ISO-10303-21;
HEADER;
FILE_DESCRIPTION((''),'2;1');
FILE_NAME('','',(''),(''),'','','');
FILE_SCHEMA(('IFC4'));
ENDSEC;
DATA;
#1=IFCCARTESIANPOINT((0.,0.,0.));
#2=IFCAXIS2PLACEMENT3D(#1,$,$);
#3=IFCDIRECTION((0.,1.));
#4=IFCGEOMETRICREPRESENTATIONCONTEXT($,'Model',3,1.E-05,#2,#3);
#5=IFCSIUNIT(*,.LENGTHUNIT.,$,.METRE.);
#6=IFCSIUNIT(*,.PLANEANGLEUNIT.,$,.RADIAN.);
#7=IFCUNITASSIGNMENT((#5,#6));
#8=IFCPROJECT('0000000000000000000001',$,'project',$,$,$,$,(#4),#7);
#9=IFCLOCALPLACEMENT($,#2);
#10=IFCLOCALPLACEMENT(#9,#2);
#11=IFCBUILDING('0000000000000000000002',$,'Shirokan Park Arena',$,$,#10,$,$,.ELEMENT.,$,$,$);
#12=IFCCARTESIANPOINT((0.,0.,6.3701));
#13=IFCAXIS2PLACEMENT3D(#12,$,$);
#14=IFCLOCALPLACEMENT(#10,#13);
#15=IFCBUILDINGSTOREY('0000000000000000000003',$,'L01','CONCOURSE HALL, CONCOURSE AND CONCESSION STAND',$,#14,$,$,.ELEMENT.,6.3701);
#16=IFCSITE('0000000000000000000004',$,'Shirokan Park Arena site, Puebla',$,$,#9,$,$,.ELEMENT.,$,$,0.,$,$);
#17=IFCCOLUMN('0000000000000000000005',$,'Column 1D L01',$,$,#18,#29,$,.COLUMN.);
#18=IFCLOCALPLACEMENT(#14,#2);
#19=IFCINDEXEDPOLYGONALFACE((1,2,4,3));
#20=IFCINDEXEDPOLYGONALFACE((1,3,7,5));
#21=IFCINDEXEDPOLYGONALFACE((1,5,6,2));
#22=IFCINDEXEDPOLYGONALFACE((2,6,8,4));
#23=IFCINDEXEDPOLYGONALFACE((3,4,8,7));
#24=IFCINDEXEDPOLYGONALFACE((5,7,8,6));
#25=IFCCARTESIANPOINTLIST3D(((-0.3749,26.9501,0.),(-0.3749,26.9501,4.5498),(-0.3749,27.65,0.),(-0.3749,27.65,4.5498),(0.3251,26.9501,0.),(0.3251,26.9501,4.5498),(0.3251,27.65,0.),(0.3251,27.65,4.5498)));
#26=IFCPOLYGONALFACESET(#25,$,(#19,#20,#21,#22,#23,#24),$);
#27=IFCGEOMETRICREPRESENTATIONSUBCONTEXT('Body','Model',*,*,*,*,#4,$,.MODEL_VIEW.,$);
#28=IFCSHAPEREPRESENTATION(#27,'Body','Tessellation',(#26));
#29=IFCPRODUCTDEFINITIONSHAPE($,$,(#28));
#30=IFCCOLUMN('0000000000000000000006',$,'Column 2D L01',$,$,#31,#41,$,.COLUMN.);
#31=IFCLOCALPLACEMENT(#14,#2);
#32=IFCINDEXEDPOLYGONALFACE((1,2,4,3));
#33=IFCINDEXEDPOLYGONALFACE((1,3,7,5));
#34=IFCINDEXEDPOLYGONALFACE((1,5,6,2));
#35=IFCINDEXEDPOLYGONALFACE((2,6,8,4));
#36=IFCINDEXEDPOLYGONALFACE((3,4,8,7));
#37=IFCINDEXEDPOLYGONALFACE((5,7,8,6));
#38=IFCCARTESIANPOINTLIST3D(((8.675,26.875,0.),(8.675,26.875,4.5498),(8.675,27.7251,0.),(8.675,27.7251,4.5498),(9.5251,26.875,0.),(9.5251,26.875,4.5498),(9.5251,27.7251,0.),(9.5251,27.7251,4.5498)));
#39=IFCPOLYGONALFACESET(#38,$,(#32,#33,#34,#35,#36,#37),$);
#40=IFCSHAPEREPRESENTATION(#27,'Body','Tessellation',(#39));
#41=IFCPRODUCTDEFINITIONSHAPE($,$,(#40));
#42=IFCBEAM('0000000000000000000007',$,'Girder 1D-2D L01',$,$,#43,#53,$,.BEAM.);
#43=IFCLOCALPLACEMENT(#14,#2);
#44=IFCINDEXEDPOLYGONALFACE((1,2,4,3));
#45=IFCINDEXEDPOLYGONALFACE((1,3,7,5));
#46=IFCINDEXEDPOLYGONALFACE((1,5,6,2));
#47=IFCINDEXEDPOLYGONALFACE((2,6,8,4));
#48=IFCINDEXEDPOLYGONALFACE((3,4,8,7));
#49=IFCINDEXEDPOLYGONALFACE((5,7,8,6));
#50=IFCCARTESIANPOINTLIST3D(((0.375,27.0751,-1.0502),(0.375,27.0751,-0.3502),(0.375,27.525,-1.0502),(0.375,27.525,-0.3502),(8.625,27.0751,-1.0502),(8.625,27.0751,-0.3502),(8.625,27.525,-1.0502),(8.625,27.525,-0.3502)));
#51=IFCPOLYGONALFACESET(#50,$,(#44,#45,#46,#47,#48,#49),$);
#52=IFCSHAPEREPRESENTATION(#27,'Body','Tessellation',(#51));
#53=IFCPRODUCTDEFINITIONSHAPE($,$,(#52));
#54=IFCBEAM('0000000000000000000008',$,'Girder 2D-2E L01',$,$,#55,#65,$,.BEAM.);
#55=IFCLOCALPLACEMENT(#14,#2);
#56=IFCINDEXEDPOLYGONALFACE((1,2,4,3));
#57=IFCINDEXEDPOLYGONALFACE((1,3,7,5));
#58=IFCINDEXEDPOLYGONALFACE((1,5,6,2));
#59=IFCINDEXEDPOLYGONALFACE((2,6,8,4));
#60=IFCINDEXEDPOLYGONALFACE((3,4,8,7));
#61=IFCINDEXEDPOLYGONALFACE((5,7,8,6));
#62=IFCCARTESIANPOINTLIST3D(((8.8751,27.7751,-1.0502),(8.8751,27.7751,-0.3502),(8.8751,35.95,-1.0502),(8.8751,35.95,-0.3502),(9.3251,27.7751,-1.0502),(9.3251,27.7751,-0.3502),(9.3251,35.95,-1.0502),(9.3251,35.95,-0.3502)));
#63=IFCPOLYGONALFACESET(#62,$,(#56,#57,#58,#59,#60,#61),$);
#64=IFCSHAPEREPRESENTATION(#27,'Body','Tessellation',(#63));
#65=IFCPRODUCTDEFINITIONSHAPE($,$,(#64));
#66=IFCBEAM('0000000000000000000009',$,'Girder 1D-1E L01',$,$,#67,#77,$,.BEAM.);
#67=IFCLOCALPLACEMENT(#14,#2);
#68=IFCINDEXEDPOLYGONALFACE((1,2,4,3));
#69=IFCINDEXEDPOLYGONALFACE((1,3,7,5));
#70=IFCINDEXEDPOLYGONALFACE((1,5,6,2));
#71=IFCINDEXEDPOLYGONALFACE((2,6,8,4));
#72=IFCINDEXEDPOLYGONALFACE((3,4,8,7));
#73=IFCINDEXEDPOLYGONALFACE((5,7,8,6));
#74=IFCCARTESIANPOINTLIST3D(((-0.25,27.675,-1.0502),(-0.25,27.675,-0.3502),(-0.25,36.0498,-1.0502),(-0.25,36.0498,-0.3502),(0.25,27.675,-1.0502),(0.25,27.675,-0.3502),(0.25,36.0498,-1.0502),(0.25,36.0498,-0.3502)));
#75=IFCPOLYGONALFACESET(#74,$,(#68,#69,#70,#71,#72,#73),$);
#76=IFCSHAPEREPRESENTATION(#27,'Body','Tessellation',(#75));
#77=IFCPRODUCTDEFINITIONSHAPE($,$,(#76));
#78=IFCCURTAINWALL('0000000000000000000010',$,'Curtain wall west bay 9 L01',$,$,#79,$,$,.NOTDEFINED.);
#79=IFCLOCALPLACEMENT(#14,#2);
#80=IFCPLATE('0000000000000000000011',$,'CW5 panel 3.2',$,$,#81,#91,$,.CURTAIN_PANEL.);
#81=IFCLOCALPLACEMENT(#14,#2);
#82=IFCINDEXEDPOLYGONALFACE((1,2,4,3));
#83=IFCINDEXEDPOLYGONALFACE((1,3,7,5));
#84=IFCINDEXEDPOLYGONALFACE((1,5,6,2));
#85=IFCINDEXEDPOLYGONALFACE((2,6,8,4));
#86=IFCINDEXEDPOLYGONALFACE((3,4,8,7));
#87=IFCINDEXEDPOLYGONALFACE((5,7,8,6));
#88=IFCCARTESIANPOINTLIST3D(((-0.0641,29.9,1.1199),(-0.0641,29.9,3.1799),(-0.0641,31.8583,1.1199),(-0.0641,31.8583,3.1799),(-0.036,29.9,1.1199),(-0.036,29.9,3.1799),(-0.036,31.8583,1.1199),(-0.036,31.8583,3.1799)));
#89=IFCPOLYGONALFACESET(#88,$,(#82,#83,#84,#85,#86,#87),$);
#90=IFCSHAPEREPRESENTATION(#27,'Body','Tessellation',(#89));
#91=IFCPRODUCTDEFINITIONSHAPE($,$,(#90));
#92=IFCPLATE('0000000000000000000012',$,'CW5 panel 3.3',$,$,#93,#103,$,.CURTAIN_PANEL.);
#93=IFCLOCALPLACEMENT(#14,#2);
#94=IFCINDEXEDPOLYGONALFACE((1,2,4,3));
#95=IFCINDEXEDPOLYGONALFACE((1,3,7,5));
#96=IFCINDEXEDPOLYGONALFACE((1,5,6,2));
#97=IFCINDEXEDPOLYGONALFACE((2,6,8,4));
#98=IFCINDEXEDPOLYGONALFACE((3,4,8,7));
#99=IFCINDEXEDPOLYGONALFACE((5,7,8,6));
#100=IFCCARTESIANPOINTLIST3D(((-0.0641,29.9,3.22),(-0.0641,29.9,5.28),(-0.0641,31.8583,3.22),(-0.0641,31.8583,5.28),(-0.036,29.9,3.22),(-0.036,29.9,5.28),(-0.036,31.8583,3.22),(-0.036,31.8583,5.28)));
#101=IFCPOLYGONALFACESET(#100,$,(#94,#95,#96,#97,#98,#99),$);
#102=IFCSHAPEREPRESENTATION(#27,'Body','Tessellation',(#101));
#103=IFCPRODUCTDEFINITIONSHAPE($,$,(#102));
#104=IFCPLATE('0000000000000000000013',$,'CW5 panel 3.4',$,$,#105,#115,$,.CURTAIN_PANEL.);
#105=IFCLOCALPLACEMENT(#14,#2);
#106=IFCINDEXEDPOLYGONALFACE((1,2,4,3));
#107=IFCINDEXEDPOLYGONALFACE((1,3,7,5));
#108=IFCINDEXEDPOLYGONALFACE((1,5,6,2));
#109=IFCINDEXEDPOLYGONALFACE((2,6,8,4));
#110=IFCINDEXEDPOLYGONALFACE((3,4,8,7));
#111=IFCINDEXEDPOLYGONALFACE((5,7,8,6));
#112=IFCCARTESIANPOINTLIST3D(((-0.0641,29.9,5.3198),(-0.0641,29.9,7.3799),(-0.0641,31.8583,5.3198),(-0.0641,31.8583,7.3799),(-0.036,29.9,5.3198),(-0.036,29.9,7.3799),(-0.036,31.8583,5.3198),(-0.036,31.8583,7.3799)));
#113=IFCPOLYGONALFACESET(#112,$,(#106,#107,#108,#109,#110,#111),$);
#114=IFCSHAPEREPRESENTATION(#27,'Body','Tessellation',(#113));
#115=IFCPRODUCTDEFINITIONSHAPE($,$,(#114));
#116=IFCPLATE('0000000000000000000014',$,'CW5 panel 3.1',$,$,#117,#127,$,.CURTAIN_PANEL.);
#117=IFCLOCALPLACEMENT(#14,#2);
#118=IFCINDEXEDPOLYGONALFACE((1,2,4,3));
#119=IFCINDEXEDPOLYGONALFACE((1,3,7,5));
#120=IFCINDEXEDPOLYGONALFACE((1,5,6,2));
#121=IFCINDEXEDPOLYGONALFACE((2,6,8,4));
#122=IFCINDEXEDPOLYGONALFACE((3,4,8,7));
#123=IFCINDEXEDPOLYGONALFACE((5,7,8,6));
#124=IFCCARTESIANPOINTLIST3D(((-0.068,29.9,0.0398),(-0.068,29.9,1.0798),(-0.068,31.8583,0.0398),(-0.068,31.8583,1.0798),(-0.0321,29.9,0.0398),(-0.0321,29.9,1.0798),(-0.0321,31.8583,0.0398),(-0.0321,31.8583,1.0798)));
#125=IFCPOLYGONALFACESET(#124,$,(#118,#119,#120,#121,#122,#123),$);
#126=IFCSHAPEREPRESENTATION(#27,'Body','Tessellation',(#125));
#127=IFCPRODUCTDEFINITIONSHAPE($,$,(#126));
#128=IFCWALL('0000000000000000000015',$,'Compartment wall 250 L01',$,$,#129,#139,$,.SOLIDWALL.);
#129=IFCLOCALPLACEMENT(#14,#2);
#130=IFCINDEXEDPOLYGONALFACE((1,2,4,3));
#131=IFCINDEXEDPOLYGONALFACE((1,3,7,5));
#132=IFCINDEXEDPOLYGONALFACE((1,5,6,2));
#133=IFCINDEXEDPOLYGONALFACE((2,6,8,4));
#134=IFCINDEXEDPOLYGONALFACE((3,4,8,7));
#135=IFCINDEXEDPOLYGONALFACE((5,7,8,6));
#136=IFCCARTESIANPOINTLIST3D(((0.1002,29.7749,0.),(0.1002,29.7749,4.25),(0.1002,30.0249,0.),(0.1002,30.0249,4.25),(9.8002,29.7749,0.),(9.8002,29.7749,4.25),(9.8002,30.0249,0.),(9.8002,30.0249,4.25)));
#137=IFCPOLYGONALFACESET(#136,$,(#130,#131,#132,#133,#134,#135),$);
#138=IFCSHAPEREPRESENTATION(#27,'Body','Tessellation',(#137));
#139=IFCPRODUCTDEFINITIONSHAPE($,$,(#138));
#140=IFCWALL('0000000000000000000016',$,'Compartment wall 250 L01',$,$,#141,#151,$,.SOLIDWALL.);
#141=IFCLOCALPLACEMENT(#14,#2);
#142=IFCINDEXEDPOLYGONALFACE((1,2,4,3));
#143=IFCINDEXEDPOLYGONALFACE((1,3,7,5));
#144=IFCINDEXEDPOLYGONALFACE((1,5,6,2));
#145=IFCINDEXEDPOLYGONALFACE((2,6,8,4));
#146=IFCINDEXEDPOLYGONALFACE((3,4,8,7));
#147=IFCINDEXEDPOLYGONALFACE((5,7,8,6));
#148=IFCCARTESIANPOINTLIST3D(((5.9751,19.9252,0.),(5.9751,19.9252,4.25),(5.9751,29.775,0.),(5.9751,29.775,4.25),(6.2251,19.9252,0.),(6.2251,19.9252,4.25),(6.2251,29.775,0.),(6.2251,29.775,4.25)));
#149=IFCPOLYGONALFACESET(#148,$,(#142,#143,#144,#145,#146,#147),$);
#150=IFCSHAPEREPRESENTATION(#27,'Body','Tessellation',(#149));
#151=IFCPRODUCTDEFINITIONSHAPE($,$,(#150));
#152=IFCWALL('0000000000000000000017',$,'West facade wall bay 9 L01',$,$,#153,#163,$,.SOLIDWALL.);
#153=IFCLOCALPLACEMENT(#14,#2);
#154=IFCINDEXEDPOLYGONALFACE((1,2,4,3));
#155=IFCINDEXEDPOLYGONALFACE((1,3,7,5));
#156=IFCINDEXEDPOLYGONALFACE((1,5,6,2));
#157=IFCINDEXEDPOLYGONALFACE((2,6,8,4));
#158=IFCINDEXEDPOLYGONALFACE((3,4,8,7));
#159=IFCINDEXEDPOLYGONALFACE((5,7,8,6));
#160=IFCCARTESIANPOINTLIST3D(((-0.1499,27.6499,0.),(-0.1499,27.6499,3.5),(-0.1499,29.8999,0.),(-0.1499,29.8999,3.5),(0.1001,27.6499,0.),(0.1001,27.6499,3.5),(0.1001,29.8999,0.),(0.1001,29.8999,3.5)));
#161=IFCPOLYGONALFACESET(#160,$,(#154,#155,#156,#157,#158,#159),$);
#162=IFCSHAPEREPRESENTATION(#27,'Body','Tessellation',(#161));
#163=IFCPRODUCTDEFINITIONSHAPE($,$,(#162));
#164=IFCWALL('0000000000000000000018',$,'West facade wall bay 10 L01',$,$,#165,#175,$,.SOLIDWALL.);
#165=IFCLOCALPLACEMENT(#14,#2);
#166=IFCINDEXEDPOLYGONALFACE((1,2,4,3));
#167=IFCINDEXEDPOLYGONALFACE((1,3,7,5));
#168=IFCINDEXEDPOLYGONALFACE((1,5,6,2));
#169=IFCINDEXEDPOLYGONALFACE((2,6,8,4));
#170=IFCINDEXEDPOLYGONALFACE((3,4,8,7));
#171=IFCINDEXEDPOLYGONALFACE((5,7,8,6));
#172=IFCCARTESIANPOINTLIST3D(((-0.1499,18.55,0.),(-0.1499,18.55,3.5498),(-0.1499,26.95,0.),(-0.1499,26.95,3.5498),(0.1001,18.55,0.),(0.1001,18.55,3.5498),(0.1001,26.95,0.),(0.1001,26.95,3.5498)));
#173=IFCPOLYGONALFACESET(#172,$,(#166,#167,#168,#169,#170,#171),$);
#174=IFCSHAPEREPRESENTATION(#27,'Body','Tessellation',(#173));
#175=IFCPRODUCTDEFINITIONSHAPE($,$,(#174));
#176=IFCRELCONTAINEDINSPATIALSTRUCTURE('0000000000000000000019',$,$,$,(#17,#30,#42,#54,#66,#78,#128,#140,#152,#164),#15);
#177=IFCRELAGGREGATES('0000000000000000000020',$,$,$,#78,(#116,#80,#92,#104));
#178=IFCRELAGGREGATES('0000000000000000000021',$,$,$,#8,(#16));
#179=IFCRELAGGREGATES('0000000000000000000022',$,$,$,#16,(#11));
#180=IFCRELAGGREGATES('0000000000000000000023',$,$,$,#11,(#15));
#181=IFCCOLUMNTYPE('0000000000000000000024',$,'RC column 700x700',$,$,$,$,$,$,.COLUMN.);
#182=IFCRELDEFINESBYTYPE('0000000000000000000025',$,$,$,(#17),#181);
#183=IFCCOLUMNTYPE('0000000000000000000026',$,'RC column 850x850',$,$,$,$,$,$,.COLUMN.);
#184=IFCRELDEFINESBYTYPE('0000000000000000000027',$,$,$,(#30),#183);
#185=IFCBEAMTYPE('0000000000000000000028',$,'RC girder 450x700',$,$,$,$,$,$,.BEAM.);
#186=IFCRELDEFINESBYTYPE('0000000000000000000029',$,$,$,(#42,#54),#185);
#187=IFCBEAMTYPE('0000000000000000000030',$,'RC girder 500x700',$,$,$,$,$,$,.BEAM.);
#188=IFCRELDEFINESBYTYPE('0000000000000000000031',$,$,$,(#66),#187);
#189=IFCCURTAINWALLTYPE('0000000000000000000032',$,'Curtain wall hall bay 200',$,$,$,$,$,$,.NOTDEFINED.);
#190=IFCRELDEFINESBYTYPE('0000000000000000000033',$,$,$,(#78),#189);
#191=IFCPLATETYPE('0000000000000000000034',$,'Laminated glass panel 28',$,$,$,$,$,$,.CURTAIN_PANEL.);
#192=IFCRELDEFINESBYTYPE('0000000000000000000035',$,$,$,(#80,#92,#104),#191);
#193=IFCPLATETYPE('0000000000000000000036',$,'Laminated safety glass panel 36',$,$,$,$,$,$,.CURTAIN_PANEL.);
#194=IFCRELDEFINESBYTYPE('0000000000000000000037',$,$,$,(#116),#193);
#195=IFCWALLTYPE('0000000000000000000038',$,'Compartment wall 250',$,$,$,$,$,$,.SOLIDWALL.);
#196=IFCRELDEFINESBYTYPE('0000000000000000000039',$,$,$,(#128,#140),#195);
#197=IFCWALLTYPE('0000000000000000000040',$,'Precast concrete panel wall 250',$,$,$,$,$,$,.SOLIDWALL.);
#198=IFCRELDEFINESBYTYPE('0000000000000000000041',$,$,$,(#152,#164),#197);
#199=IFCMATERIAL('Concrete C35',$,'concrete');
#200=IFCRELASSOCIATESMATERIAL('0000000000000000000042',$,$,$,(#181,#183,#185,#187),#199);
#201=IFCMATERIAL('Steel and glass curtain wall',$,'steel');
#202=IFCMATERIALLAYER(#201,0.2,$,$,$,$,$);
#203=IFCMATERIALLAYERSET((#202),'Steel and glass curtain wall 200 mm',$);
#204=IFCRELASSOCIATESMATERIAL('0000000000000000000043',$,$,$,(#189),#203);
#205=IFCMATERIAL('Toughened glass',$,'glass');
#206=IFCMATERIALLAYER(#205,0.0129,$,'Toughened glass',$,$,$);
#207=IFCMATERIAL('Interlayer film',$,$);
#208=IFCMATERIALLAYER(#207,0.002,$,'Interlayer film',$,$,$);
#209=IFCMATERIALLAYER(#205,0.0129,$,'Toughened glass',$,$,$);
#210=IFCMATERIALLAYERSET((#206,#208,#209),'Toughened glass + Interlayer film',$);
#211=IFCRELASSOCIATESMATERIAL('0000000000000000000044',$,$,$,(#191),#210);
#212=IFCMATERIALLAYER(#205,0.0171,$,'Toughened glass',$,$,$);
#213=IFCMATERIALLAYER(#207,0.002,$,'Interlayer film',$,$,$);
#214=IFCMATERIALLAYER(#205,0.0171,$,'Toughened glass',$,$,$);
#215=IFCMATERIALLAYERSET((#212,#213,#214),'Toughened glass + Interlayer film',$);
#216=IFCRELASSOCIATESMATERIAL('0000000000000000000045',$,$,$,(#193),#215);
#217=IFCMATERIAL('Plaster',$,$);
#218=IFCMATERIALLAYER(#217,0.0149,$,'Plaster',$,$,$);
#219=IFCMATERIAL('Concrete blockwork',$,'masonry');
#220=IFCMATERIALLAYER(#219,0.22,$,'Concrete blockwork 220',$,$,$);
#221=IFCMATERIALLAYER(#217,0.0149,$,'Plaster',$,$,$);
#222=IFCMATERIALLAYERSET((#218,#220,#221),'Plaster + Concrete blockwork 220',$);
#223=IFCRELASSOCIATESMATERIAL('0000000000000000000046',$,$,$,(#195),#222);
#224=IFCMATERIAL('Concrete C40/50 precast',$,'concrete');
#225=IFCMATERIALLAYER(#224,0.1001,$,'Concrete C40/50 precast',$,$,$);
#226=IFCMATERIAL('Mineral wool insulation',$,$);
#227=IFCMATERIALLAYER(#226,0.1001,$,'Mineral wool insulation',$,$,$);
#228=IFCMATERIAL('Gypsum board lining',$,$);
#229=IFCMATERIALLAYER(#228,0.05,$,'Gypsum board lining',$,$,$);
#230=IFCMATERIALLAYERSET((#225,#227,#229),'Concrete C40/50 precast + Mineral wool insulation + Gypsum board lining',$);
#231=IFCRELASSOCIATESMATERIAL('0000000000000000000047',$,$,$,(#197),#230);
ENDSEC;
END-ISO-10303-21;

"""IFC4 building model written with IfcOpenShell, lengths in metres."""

from ifc_helpers import new_model, si_unit, direction, frame, frame_2d, origin, origin_2d, place, context, subcontext, project, spatial, rectangle, extrude, material, layer, layer_set, material_profile, profile_set, type_object, element, aggregate, save


model = new_model("IFC4")

# Units and contexts
model_context = context("Model", 3, precision=1e-05, world=origin(), true_north=direction((0.0, 1.0)))
body_context = subcontext(model_context, "Body", "Model", "MODEL_VIEW")
ifc_project = project(units=[si_unit("LENGTHUNIT", "METRE"), si_unit("PLANEANGLEUNIT", "RADIAN")], contexts=[model_context])

# Site, building, storey
site_placement = place(None, origin())
site = spatial("IfcSite", under=ifc_project, at=site_placement, Name="Shirokan Park Arena site, Puebla", CompositionType="ELEMENT", RefElevation=0.0)
building_placement = place(site_placement, origin())
building = spatial("IfcBuilding", under=site, at=building_placement, Name="Shirokan Park Arena", CompositionType="ELEMENT")
storey_placement = place(building_placement, frame((0.0, 0.0, 6.3701)))
storey = spatial("IfcBuildingStorey", under=building, at=storey_placement, Name="L01", Description="CONCOURSE HALL, CONCOURSE AND CONCESSION STAND", CompositionType="ELEMENT", Elevation=6.3701)

# Columns
ifc_material_1 = material(Name="Concrete C35", Category="concrete")
ifc_material_profile_1 = material_profile(ifc_material_1, rectangle(XDim=0.7, YDim=0.7, at=origin_2d()), Name="700x700")
ifc_profile_set_1 = profile_set([ifc_material_profile_1], Name="Concrete C35")
column_type_1 = type_object("IfcColumnType", Name="RC column 700x700", PredefinedType="COLUMN", material=ifc_profile_set_1)
column_1_placement = place(storey_placement, frame((-0.0249, 27.3, 0.0), z_axis=(0.0, 0.0, 1.0), x_axis=(1.0, 0.0, 0.0)))
element("IfcColumn", 1, at=column_1_placement, inside=storey, type_object=column_type_1, Name="Column 1D L01", PredefinedType="COLUMN", context=body_context, shape_type="SweptSolid", body=[
    extrude(rectangle(XDim=0.7, YDim=0.7, at=origin_2d()), origin(), (0.0, 0.0, 1.0), 4.5498),
])
ifc_material_profile_2 = material_profile(ifc_material_1, rectangle(XDim=0.8501, YDim=0.8501, at=origin_2d()), Name="850x850")
ifc_profile_set_2 = profile_set([ifc_material_profile_2], Name="Concrete C35")
column_type_2 = type_object("IfcColumnType", Name="RC column 850x850", PredefinedType="COLUMN", material=ifc_profile_set_2)
column_2_placement = place(storey_placement, frame((9.1001, 27.3, 0.0), z_axis=(0.0, 0.0, 1.0), x_axis=(1.0, 0.0, 0.0)))
element("IfcColumn", 2, at=column_2_placement, inside=storey, type_object=column_type_2, Name="Column 2D L01", PredefinedType="COLUMN", context=body_context, shape_type="SweptSolid", body=[
    extrude(rectangle(XDim=0.8501, YDim=0.8501, at=origin_2d()), origin(), (0.0, 0.0, 1.0), 4.5498),
])

# Beams
ifc_material_profile_3 = material_profile(ifc_material_1, rectangle(XDim=0.45, YDim=0.7, at=origin_2d()), Name="450x700")
ifc_profile_set_3 = profile_set([ifc_material_profile_3], Name="Concrete C35")
beam_type_1 = type_object("IfcBeamType", Name="RC girder 450x700", PredefinedType="BEAM", material=ifc_profile_set_3)
beam_1_placement = place(storey_placement, frame((0.375, 27.3, -0.7002), z_axis=(1.0, 0.0, 0.0), x_axis=(0.0, 1.0, 0.0)))
element("IfcBeam", 3, at=beam_1_placement, inside=storey, type_object=beam_type_1, Name="Girder 1D-2D L01", PredefinedType="BEAM", context=body_context, shape_type="SweptSolid", body=[
    extrude(rectangle(XDim=0.45, YDim=0.7, at=origin_2d()), origin(), (0.0, 0.0, 1.0), 8.25),
])
beam_2_placement = place(storey_placement, frame((9.1001, 27.7751, -0.7002), z_axis=(0.0, 1.0, 0.0), x_axis=(-1.0, 0.0, 0.0)))
element("IfcBeam", 4, at=beam_2_placement, inside=storey, type_object=beam_type_1, Name="Girder 2D-2E L01", PredefinedType="BEAM", context=body_context, shape_type="SweptSolid", body=[
    extrude(rectangle(XDim=0.45, YDim=0.7, at=origin_2d()), origin(), (0.0, 0.0, 1.0), 8.1748),
])
ifc_material_profile_4 = material_profile(ifc_material_1, rectangle(XDim=0.5, YDim=0.7, at=origin_2d()), Name="500x700")
ifc_profile_set_4 = profile_set([ifc_material_profile_4], Name="Concrete C35")
beam_type_2 = type_object("IfcBeamType", Name="RC girder 500x700", PredefinedType="BEAM", material=ifc_profile_set_4)
beam_3_placement = place(storey_placement, frame((0.0, 27.675, -0.7002), z_axis=(0.0, 1.0, 0.0), x_axis=(-1.0, 0.0, 0.0)))
element("IfcBeam", 5, at=beam_3_placement, inside=storey, type_object=beam_type_2, Name="Girder 1D-1E L01", PredefinedType="BEAM", context=body_context, shape_type="SweptSolid", body=[
    extrude(rectangle(XDim=0.5, YDim=0.7, at=origin_2d()), origin(), (0.0, 0.0, 1.0), 8.3748),
])

# Curtain wall, plates
ifc_material_2 = material(Name="Steel and glass curtain wall", Category="steel")
ifc_layer_1 = layer(ifc_material_2, 0.2)
ifc_layer_set_1 = layer_set([ifc_layer_1], Name="Steel and glass curtain wall 200 mm")
curtain_wall_type = type_object("IfcCurtainWallType", Name="Curtain wall hall bay 200", PredefinedType="NOTDEFINED", material=ifc_layer_set_1)
curtain_wall_placement = place(storey_placement, origin())
curtain_wall = element("IfcCurtainWall", 6, at=curtain_wall_placement, inside=storey, type_object=curtain_wall_type, Name="Curtain wall west bay 9 L01", PredefinedType="NOTDEFINED")
ifc_material_3 = material(Name="Toughened glass", Category="glass")
ifc_layer_2 = layer(ifc_material_3, 0.0129, Name="Toughened glass")
ifc_material_4 = material(Name="Interlayer film")
ifc_layer_3 = layer(ifc_material_4, 0.002, Name="Interlayer film")
ifc_layer_4 = layer(ifc_material_3, 0.0129, Name="Toughened glass")
ifc_layer_set_2 = layer_set([ifc_layer_2, ifc_layer_3, ifc_layer_4], Name="Toughened glass + Interlayer film")
plate_type_1 = type_object("IfcPlateType", Name="Laminated glass panel 28", PredefinedType="CURTAIN_PANEL", material=ifc_layer_set_2)
plate_1_placement = place(storey_placement, frame((-0.05, 30.8792, 1.1199), z_axis=(0.0, 0.0, 1.0), x_axis=(0.0, -1.0, 0.0)))
plate_1 = element("IfcPlate", 7, at=plate_1_placement, type_object=plate_type_1, Name="CW5 panel 3.2", PredefinedType="CURTAIN_PANEL", context=body_context, shape_type="SweptSolid", body=[
    extrude(rectangle(XDim=1.9583, YDim=0.0281, at=origin_2d()), origin(), (0.0, 0.0, 1.0), 2.0601),
])
plate_2_placement = place(storey_placement, frame((-0.05, 30.8792, 3.22), z_axis=(0.0, 0.0, 1.0), x_axis=(0.0, -1.0, 0.0)))
plate_2 = element("IfcPlate", 8, at=plate_2_placement, type_object=plate_type_1, Name="CW5 panel 3.3", PredefinedType="CURTAIN_PANEL", context=body_context, shape_type="SweptSolid", body=[
    extrude(rectangle(XDim=1.9583, YDim=0.0281, at=origin_2d()), origin(), (0.0, 0.0, 1.0), 2.0601),
])
plate_3_placement = place(storey_placement, frame((-0.05, 30.8792, 5.3198), z_axis=(0.0, 0.0, 1.0), x_axis=(0.0, -1.0, 0.0)))
plate_3 = element("IfcPlate", 9, at=plate_3_placement, type_object=plate_type_1, Name="CW5 panel 3.4", PredefinedType="CURTAIN_PANEL", context=body_context, shape_type="SweptSolid", body=[
    extrude(rectangle(XDim=1.9583, YDim=0.0281, at=origin_2d()), origin(), (0.0, 0.0, 1.0), 2.0601),
])
ifc_layer_5 = layer(ifc_material_3, 0.0171, Name="Toughened glass")
ifc_layer_6 = layer(ifc_material_4, 0.002, Name="Interlayer film")
ifc_layer_7 = layer(ifc_material_3, 0.0171, Name="Toughened glass")
ifc_layer_set_3 = layer_set([ifc_layer_5, ifc_layer_6, ifc_layer_7], Name="Toughened glass + Interlayer film")
plate_type_2 = type_object("IfcPlateType", Name="Laminated safety glass panel 36", PredefinedType="CURTAIN_PANEL", material=ifc_layer_set_3)
plate_4_placement = place(storey_placement, frame((-0.05, 30.8792, 0.0398), z_axis=(0.0, 0.0, 1.0), x_axis=(0.0, -1.0, 0.0)))
plate_4 = element("IfcPlate", 10, at=plate_4_placement, type_object=plate_type_2, Name="CW5 panel 3.1", PredefinedType="CURTAIN_PANEL", context=body_context, shape_type="SweptSolid", body=[
    extrude(rectangle(XDim=1.9583, YDim=0.0359, at=origin_2d()), origin(), (0.0, 0.0, 1.0), 1.04),
])
aggregate(curtain_wall, [plate_4, plate_1, plate_2, plate_3])

# Walls
ifc_material_5 = material(Name="Plaster")
ifc_layer_8 = layer(ifc_material_5, 0.0149, Name="Plaster")
ifc_material_6 = material(Name="Concrete blockwork", Category="masonry")
ifc_layer_9 = layer(ifc_material_6, 0.22, Name="Concrete blockwork 220")
ifc_layer_10 = layer(ifc_material_5, 0.0149, Name="Plaster")
ifc_layer_set_4 = layer_set([ifc_layer_8, ifc_layer_9, ifc_layer_10], Name="Plaster + Concrete blockwork 220")
wall_type_1 = type_object("IfcWallType", Name="Compartment wall 250", PredefinedType="SOLIDWALL", material=ifc_layer_set_4)
wall_1_placement = place(storey_placement, frame((0.1001, 29.8999, 0.0), z_axis=(0.0, 0.0, 1.0), x_axis=(1.0, 0.0, 0.0)))
element("IfcWall", 11, at=wall_1_placement, inside=storey, type_object=wall_type_1, Name="Compartment wall 250 L01", PredefinedType="SOLIDWALL", context=body_context, shape_type="SweptSolid", body=[
    extrude(rectangle(XDim=9.7, YDim=0.25, at=frame_2d((4.8501, 0.0))), origin(), (0.0, 0.0, 1.0), 4.25),
])
wall_2_placement = place(storey_placement, frame((6.1001, 29.7749, 0.0), z_axis=(0.0, 0.0, 1.0), x_axis=(0.0, -1.0, 0.0)))
element("IfcWall", 12, at=wall_2_placement, inside=storey, type_object=wall_type_1, Name="Compartment wall 250 L01", PredefinedType="SOLIDWALL", context=body_context, shape_type="SweptSolid", body=[
    extrude(rectangle(XDim=9.8499, YDim=0.25, at=frame_2d((4.9248, 0.0))), origin(), (0.0, 0.0, 1.0), 4.25),
])
ifc_material_7 = material(Name="Concrete C40/50 precast", Category="concrete")
ifc_layer_11 = layer(ifc_material_7, 0.1001, Name="Concrete C40/50 precast")
ifc_material_8 = material(Name="Mineral wool insulation")
ifc_layer_12 = layer(ifc_material_8, 0.1001, Name="Mineral wool insulation")
ifc_material_9 = material(Name="Gypsum board lining")
ifc_layer_13 = layer(ifc_material_9, 0.05, Name="Gypsum board lining")
ifc_layer_set_5 = layer_set([ifc_layer_11, ifc_layer_12, ifc_layer_13], Name="Concrete C40/50 precast + Mineral wool insulation + Gypsum board lining")
wall_type_2 = type_object("IfcWallType", Name="Precast concrete panel wall 250", PredefinedType="SOLIDWALL", material=ifc_layer_set_5)
wall_3_placement = place(storey_placement, frame((-0.0249, 29.8999, 0.0), z_axis=(0.0, 0.0, 1.0), x_axis=(0.0, -1.0, 0.0)))
element("IfcWall", 13, at=wall_3_placement, inside=storey, type_object=wall_type_2, Name="West facade wall bay 9 L01", PredefinedType="SOLIDWALL", context=body_context, shape_type="SweptSolid", body=[
    extrude(rectangle(XDim=2.25, YDim=0.25, at=frame_2d((1.125, 0.0))), origin(), (0.0, 0.0, 1.0), 3.5),
])
wall_4_placement = place(storey_placement, frame((-0.0249, 26.95, 0.0), z_axis=(0.0, 0.0, 1.0), x_axis=(0.0, -1.0, 0.0)))
element("IfcWall", 14, at=wall_4_placement, inside=storey, type_object=wall_type_2, Name="West facade wall bay 10 L01", PredefinedType="SOLIDWALL", context=body_context, shape_type="SweptSolid", body=[
    extrude(rectangle(XDim=8.3999, YDim=0.25, at=frame_2d((4.2, 0.0))), origin(), (0.0, 0.0, 1.0), 3.5498),
])

save(model, "model.ifc")
